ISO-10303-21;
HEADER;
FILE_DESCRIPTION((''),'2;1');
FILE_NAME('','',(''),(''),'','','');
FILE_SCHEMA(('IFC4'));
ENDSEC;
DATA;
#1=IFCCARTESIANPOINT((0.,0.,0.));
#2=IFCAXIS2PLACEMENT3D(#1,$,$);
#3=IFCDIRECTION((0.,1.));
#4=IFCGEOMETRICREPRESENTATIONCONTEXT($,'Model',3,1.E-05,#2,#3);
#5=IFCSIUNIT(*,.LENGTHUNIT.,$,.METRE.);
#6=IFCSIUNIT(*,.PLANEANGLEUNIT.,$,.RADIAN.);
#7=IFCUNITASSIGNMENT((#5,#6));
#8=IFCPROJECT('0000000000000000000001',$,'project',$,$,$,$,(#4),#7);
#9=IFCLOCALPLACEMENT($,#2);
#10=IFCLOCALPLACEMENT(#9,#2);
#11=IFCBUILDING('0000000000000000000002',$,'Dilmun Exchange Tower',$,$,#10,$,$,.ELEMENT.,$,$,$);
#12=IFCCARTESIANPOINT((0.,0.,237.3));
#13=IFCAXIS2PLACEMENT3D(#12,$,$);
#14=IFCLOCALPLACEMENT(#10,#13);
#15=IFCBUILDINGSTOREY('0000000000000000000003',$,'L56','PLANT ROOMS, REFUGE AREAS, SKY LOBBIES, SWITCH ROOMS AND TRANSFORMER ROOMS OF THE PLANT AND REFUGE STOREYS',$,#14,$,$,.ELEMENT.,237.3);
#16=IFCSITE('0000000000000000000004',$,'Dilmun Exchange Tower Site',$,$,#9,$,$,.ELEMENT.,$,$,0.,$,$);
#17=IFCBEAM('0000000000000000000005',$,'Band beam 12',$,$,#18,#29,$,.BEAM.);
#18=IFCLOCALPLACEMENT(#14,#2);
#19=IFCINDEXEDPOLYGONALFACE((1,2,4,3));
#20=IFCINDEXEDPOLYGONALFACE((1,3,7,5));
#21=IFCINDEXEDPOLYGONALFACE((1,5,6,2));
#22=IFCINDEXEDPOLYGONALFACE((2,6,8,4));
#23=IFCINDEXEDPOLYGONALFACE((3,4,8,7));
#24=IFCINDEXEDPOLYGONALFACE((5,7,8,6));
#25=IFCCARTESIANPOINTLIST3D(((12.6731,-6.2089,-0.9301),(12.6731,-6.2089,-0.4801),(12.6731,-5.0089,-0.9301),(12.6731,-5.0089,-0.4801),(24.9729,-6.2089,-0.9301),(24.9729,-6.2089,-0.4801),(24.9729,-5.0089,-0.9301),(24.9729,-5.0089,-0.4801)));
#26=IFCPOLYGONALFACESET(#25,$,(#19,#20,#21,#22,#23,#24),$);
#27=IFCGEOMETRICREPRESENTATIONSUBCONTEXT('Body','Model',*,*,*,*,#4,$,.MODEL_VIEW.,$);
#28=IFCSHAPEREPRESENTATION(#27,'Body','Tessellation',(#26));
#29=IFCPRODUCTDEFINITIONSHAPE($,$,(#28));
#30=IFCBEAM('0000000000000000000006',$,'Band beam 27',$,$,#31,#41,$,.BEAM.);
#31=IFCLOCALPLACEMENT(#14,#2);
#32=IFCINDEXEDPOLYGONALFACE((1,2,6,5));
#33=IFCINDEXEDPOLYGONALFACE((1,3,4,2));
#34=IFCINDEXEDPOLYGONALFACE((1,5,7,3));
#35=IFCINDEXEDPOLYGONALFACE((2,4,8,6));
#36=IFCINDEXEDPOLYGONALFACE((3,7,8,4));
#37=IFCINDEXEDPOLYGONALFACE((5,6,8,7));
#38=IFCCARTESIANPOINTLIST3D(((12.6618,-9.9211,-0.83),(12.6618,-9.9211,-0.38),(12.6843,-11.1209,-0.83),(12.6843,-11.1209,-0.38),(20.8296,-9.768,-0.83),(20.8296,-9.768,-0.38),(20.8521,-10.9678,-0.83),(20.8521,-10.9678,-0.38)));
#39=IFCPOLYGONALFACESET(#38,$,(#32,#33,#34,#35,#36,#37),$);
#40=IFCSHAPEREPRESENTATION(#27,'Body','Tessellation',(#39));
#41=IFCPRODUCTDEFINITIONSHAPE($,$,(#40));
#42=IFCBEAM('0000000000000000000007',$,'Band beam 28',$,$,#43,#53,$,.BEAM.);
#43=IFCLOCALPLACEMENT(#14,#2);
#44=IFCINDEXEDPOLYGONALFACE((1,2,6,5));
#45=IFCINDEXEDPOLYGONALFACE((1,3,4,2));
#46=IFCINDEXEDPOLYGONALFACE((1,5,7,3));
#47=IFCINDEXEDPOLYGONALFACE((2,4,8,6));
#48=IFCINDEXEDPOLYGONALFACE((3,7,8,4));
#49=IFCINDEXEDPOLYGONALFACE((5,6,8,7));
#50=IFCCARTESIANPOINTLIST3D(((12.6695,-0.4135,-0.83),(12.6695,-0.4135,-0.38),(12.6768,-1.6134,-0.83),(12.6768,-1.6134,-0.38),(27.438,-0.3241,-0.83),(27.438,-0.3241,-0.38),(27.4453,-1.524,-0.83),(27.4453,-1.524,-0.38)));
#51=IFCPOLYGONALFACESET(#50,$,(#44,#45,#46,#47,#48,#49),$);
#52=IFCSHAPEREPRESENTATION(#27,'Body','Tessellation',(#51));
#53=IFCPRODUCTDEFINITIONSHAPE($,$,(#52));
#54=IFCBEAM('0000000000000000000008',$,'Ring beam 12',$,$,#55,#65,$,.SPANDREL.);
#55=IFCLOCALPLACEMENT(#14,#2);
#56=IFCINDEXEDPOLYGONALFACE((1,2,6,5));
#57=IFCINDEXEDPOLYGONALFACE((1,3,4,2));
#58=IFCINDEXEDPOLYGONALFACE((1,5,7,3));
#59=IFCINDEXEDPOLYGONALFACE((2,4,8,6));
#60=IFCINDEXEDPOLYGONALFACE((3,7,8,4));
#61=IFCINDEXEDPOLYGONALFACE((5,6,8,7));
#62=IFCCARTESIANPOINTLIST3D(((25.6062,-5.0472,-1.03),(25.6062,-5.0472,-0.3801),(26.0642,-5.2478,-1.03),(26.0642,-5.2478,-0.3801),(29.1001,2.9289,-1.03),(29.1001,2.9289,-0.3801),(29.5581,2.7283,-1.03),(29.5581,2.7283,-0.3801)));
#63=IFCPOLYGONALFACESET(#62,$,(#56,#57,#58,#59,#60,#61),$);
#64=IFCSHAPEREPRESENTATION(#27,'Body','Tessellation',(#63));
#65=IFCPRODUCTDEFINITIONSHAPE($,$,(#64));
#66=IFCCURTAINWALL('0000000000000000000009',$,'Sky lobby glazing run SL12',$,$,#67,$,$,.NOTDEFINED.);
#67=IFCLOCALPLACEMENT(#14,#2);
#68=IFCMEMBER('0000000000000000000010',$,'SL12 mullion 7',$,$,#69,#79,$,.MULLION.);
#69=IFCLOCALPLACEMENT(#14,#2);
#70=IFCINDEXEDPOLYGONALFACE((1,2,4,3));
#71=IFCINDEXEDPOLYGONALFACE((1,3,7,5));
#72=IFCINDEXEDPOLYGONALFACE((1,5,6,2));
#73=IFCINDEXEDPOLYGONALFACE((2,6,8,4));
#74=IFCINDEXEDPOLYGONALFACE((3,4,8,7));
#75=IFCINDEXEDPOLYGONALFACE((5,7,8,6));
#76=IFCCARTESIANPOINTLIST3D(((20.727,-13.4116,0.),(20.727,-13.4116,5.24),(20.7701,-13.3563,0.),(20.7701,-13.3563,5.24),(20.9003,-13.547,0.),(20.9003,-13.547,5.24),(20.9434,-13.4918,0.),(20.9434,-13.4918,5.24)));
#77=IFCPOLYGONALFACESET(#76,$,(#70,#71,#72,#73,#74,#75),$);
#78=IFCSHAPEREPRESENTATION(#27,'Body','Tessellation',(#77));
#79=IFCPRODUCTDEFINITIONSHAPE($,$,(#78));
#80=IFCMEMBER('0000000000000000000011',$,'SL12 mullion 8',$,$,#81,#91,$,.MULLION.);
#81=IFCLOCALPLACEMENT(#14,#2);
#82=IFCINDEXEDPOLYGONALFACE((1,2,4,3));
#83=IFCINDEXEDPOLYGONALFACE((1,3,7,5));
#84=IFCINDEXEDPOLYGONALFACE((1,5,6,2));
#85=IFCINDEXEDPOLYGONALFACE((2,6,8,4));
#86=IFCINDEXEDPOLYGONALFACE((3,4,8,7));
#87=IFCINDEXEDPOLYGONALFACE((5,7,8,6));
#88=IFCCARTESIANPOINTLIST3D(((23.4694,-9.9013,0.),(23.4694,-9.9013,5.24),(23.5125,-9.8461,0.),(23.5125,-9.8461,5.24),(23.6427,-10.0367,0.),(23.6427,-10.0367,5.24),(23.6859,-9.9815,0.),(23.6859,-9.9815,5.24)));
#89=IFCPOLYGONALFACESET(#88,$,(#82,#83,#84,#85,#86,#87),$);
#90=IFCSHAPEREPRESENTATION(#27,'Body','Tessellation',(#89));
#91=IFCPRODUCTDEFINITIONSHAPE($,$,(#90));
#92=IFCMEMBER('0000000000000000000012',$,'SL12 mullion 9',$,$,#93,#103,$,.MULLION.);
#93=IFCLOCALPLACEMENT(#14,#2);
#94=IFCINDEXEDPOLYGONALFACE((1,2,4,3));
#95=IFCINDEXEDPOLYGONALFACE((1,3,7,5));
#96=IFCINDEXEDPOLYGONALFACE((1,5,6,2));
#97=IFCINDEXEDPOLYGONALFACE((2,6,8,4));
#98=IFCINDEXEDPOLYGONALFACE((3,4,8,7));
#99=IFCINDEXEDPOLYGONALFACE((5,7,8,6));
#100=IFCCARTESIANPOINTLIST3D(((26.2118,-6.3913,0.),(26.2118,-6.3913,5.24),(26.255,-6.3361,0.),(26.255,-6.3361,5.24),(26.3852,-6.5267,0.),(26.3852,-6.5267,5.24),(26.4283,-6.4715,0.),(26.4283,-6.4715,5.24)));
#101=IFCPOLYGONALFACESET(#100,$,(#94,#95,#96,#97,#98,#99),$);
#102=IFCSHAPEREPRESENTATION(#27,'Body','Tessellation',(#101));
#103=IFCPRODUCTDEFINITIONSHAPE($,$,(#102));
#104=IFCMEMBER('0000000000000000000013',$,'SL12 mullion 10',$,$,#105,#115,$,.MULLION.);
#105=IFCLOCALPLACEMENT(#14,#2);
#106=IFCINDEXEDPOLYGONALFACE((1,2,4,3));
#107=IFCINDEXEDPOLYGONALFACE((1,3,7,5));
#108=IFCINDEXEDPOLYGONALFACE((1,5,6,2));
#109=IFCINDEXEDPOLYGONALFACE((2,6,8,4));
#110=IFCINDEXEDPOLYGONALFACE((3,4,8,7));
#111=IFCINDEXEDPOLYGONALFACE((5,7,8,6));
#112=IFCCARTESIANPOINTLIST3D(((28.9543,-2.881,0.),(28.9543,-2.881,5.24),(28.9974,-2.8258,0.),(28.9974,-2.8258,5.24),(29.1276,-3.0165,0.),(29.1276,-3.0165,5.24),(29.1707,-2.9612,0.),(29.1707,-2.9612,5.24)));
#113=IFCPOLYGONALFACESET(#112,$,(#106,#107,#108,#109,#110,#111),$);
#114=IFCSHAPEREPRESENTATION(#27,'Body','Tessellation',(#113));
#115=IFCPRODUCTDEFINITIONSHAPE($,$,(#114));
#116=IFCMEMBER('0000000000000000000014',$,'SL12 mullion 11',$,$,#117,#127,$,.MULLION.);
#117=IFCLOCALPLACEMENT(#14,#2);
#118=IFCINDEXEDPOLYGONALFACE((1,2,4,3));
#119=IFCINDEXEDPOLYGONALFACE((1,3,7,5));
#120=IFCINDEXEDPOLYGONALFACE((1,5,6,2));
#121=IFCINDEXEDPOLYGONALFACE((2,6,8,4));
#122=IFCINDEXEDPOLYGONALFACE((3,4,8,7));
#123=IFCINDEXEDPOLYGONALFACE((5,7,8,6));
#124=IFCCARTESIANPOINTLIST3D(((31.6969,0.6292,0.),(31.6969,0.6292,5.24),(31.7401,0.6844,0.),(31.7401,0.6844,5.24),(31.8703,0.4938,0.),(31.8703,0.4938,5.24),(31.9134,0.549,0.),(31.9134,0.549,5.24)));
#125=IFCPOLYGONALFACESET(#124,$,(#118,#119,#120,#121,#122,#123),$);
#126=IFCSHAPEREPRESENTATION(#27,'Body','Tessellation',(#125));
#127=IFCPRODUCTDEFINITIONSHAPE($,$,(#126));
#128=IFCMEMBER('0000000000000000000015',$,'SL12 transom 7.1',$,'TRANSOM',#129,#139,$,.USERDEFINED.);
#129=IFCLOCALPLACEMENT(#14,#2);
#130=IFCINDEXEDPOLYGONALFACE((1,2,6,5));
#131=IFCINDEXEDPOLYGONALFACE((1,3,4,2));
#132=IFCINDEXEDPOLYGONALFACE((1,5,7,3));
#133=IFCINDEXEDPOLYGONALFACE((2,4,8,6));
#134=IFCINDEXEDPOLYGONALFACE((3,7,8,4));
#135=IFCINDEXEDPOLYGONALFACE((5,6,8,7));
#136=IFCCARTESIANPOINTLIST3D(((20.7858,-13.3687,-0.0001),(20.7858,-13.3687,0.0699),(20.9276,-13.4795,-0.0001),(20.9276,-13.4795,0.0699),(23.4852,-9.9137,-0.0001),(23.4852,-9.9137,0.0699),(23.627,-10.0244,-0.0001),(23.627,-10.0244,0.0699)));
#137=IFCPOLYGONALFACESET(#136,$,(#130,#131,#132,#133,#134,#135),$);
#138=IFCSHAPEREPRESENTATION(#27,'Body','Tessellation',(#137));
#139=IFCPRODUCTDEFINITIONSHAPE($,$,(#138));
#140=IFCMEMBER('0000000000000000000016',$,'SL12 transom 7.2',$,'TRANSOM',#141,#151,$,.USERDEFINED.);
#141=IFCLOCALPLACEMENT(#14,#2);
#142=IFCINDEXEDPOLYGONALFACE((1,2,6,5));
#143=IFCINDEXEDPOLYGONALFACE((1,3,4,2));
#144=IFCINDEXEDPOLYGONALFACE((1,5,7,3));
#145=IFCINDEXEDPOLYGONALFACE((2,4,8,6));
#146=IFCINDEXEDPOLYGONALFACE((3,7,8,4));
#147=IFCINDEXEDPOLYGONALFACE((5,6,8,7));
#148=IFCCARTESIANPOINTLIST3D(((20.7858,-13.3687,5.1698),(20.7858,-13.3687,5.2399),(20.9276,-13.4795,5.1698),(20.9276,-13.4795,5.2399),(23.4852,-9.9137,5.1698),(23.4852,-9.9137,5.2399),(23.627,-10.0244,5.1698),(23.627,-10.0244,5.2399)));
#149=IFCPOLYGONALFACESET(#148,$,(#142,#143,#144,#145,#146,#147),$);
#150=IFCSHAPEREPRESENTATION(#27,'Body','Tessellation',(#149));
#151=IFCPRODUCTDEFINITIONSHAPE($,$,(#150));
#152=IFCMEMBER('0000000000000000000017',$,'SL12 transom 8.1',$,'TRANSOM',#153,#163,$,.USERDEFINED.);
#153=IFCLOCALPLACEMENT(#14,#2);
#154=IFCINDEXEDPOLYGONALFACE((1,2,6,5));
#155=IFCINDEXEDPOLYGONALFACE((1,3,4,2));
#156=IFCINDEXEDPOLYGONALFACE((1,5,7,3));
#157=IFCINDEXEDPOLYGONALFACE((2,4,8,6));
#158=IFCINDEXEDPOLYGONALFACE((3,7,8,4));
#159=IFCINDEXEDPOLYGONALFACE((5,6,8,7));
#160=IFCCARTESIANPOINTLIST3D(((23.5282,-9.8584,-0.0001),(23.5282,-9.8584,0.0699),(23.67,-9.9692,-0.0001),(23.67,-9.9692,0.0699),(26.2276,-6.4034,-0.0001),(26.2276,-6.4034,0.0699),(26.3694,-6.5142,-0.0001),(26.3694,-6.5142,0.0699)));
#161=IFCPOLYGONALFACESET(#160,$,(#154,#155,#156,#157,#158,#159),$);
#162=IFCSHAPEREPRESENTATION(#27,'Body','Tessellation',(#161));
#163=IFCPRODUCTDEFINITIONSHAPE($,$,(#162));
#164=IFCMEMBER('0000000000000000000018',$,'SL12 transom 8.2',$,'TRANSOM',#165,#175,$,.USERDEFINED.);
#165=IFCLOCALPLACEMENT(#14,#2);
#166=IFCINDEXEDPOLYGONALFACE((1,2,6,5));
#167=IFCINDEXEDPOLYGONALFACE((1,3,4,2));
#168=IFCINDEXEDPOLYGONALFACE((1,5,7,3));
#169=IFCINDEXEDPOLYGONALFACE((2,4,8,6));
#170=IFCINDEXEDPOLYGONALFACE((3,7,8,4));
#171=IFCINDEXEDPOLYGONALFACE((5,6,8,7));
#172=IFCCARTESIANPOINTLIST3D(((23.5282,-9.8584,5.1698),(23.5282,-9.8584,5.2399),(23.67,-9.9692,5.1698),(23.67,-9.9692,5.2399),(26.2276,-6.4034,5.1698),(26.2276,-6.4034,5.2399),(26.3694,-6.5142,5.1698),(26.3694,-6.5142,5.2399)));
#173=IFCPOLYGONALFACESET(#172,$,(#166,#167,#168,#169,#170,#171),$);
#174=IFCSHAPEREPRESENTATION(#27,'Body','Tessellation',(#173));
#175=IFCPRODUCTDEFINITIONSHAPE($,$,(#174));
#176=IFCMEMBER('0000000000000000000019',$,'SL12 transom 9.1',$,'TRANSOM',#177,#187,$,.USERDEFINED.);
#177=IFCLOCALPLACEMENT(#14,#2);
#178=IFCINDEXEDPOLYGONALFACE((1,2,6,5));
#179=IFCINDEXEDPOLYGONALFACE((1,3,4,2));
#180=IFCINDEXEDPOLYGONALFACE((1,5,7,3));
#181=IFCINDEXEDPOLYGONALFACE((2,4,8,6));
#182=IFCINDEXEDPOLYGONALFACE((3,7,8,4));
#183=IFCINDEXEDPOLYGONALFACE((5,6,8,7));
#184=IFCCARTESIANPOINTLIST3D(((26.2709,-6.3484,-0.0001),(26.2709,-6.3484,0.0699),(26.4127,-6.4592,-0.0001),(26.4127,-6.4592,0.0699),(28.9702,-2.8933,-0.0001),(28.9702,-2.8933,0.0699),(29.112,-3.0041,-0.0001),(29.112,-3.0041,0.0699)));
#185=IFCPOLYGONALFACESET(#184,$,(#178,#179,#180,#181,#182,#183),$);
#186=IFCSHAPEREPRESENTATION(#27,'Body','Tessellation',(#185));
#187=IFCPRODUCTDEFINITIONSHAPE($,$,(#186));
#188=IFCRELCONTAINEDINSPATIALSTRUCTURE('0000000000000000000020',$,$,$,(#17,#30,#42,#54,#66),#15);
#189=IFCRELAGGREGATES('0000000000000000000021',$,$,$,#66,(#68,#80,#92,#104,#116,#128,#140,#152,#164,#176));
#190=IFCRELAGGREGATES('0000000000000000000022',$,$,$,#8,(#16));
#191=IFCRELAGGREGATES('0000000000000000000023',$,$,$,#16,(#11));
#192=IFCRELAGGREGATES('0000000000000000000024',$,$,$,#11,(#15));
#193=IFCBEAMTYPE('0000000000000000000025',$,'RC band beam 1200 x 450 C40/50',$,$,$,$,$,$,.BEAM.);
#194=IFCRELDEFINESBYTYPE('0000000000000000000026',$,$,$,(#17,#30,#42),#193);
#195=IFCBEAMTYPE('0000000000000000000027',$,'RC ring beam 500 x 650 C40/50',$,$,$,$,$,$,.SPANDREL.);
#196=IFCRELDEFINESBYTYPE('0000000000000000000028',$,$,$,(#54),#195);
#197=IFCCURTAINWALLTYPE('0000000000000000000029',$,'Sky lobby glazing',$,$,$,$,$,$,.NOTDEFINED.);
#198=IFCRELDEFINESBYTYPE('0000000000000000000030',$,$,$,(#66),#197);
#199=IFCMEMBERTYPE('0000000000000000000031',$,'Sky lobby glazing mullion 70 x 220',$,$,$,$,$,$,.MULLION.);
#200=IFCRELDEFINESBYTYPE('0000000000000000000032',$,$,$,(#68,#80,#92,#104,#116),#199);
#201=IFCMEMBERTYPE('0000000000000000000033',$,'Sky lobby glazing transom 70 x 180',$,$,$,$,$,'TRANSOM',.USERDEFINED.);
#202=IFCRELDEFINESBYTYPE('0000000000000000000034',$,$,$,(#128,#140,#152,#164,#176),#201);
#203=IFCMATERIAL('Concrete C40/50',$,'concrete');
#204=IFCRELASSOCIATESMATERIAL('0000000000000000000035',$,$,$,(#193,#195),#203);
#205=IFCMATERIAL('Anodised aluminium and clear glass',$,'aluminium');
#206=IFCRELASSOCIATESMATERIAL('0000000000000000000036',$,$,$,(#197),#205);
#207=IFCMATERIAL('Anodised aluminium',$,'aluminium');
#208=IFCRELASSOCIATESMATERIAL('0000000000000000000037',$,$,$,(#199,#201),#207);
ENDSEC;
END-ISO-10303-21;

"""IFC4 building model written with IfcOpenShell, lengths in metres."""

from ifc_helpers import new_model, si_unit, direction, frame, origin, origin_2d, place, context, subcontext, project, spatial, rectangle, extrude, material, material_profile, profile_set, type_object, element, aggregate, save


model = new_model("IFC4")

# Units and contexts
model_context = context("Model", 3, precision=1e-05, world=origin(), true_north=direction((0.0, 1.0)))
body_context = subcontext(model_context, "Body", "Model", "MODEL_VIEW")
ifc_project = project(units=[si_unit("LENGTHUNIT", "METRE"), si_unit("PLANEANGLEUNIT", "RADIAN")], contexts=[model_context])

# Site, building, storey
site_placement = place(None, origin())
site = spatial("IfcSite", under=ifc_project, at=site_placement, Name="Dilmun Exchange Tower Site", CompositionType="ELEMENT", RefElevation=0.0)
building_placement = place(site_placement, origin())
building = spatial("IfcBuilding", under=site, at=building_placement, Name="Dilmun Exchange Tower", CompositionType="ELEMENT")
storey_placement = place(building_placement, frame((0.0, 0.0, 237.3)))
storey = spatial("IfcBuildingStorey", under=building, at=storey_placement, Name="L56", Description="PLANT ROOMS, REFUGE AREAS, SKY LOBBIES, SWITCH ROOMS AND TRANSFORMER ROOMS OF THE PLANT AND REFUGE STOREYS", CompositionType="ELEMENT", Elevation=237.3)

# Beams
ifc_material_1 = material(Name="Concrete C40/50", Category="concrete")
ifc_material_profile_1 = material_profile(ifc_material_1, rectangle(XDim=1.2, YDim=0.45, at=origin_2d()), Name="1200 x 450")
ifc_profile_set_1 = profile_set([ifc_material_profile_1], Name="Concrete C40/50")
beam_type_1 = type_object("IfcBeamType", Name="RC band beam 1200 x 450 C40/50", PredefinedType="BEAM", material=ifc_profile_set_1)
beam_1_placement = place(storey_placement, frame((24.9729, -5.6089, -0.7051), z_axis=(-1.0, 0.0, 0.0), x_axis=(0.0, -1.0, 0.0)))
element("IfcBeam", 1, at=beam_1_placement, inside=storey, type_object=beam_type_1, Name="Band beam 12", PredefinedType="BEAM", context=body_context, shape_type="SweptSolid", body=[
    extrude(rectangle(XDim=1.2, YDim=0.45, at=origin_2d()), origin(), (0.0, 0.0, 1.0), 12.2998),
])
beam_2_placement = place(storey_placement, frame((20.8408, -10.3679, -0.605), z_axis=(-0.999824, -0.018738, 0.0), x_axis=(0.018738, -0.999824, 0.0)))
element("IfcBeam", 2, at=beam_2_placement, inside=storey, type_object=beam_type_1, Name="Band beam 27", PredefinedType="BEAM", context=body_context, shape_type="SweptSolid", body=[
    extrude(rectangle(XDim=1.2, YDim=0.45, at=origin_2d()), origin(), (0.0, 0.0, 1.0), 8.1692),
])
beam_3_placement = place(storey_placement, frame((27.4417, -0.9241, -0.605), z_axis=(-0.999982, -0.00605, 0.0), x_axis=(0.00605, -0.999982, 0.0)))
element("IfcBeam", 3, at=beam_3_placement, inside=storey, type_object=beam_type_1, Name="Band beam 28", PredefinedType="BEAM", context=body_context, shape_type="SweptSolid", body=[
    extrude(rectangle(XDim=1.2, YDim=0.45, at=origin_2d()), origin(), (0.0, 0.0, 1.0), 14.7688),
])
ifc_material_profile_2 = material_profile(ifc_material_1, rectangle(XDim=0.5, YDim=0.6499, at=origin_2d()), Name="500 x 650")
ifc_profile_set_2 = profile_set([ifc_material_profile_2], Name="Concrete C40/50")
beam_type_2 = type_object("IfcBeamType", Name="RC ring beam 500 x 650 C40/50", PredefinedType="SPANDREL", material=ifc_profile_set_2)
beam_4_placement = place(storey_placement, frame((25.8352, -5.1475, -0.7051), z_axis=(0.401239, 0.915973, 0.0), x_axis=(-0.915973, 0.401239, 0.0)))
element("IfcBeam", 4, at=beam_4_placement, inside=storey, type_object=beam_type_2, Name="Ring beam 12", PredefinedType="SPANDREL", context=body_context, shape_type="SweptSolid", body=[
    extrude(rectangle(XDim=0.5, YDim=0.6499, at=origin_2d()), origin(), (0.0, 0.0, 1.0), 8.7078),
])

# Curtain wall, members
ifc_material_2 = material(Name="Anodised aluminium and clear glass", Category="aluminium")
curtain_wall_type = type_object("IfcCurtainWallType", Name="Sky lobby glazing", PredefinedType="NOTDEFINED", material=ifc_material_2)
curtain_wall_placement = place(storey_placement, origin())
curtain_wall = element("IfcCurtainWall", 5, at=curtain_wall_placement, inside=storey, type_object=curtain_wall_type, Name="Sky lobby glazing run SL12", PredefinedType="NOTDEFINED")
ifc_material_3 = material(Name="Anodised aluminium", Category="aluminium")
ifc_material_profile_3 = material_profile(ifc_material_3, rectangle(XDim=0.22, YDim=0.0701, at=origin_2d()), Name="AL 70x220")
ifc_profile_set_3 = profile_set([ifc_material_profile_3], Name="Anodised aluminium")
member_type_1 = type_object("IfcMemberType", Name="Sky lobby glazing mullion 70 x 220", PredefinedType="MULLION", material=ifc_profile_set_3)
member_1_placement = place(storey_placement, frame((20.8352, -13.4517, 0.0), z_axis=(0.0, 0.0, 1.0), x_axis=(-0.788011, 0.615662, 0.0)))
member_1 = element("IfcMember", 6, at=member_1_placement, type_object=member_type_1, Name="SL12 mullion 7", PredefinedType="MULLION", context=body_context, shape_type="SweptSolid", body=[
    extrude(rectangle(XDim=0.22, YDim=0.0701, at=origin_2d()), origin(), (0.0, 0.0, 1.0), 5.24),
])
member_2_placement = place(storey_placement, frame((23.5776, -9.9414, 0.0), z_axis=(0.0, 0.0, 1.0), x_axis=(-0.788011, 0.615662, 0.0)))
member_2 = element("IfcMember", 7, at=member_2_placement, type_object=member_type_1, Name="SL12 mullion 8", PredefinedType="MULLION", context=body_context, shape_type="SweptSolid", body=[
    extrude(rectangle(XDim=0.22, YDim=0.0701, at=origin_2d()), origin(), (0.0, 0.0, 1.0), 5.24),
])
member_3_placement = place(storey_placement, frame((26.3201, -6.4314, 0.0), z_axis=(0.0, 0.0, 1.0), x_axis=(-0.788011, 0.615662, 0.0)))
member_3 = element("IfcMember", 8, at=member_3_placement, type_object=member_type_1, Name="SL12 mullion 9", PredefinedType="MULLION", context=body_context, shape_type="SweptSolid", body=[
    extrude(rectangle(XDim=0.22, YDim=0.0701, at=origin_2d()), origin(), (0.0, 0.0, 1.0), 5.24),
])
member_4_placement = place(storey_placement, frame((29.0625, -2.9211, 0.0), z_axis=(0.0, 0.0, 1.0), x_axis=(-0.788011, 0.615662, 0.0)))
member_4 = element("IfcMember", 9, at=member_4_placement, type_object=member_type_1, Name="SL12 mullion 10", PredefinedType="MULLION", context=body_context, shape_type="SweptSolid", body=[
    extrude(rectangle(XDim=0.22, YDim=0.0701, at=origin_2d()), origin(), (0.0, 0.0, 1.0), 5.24),
])
member_5_placement = place(storey_placement, frame((31.8052, 0.5891, 0.0), z_axis=(0.0, 0.0, 1.0), x_axis=(-0.788011, 0.615662, 0.0)))
member_5 = element("IfcMember", 10, at=member_5_placement, type_object=member_type_1, Name="SL12 mullion 11", PredefinedType="MULLION", context=body_context, shape_type="SweptSolid", body=[
    extrude(rectangle(XDim=0.22, YDim=0.0701, at=origin_2d()), origin(), (0.0, 0.0, 1.0), 5.24),
])
ifc_material_profile_4 = material_profile(ifc_material_3, rectangle(XDim=0.1799, YDim=0.0701, at=origin_2d()), Name="AL 70x180")
ifc_profile_set_4 = profile_set([ifc_material_profile_4], Name="Anodised aluminium")
member_type_2 = type_object("IfcMemberType", Name="Sky lobby glazing transom 70 x 180", ElementType="TRANSOM", PredefinedType="USERDEFINED", material=ifc_profile_set_4)
member_6_placement = place(storey_placement, frame((20.8567, -13.4241, 0.0349), z_axis=(0.61567, 0.788004, 0.0), x_axis=(-0.788004, 0.61567, 0.0)))
member_6 = element("IfcMember", 11, at=member_6_placement, type_object=member_type_2, Name="SL12 transom 7.1", ObjectType="TRANSOM", PredefinedType="USERDEFINED", context=body_context, shape_type="SweptSolid", body=[
    extrude(rectangle(XDim=0.1799, YDim=0.0701, at=origin_2d()), origin(), (0.0, 0.0, 1.0), 4.3845),
])
member_7_placement = place(storey_placement, frame((20.8567, -13.4241, 5.2048), z_axis=(0.61567, 0.788004, 0.0), x_axis=(-0.788004, 0.61567, 0.0)))
member_7 = element("IfcMember", 12, at=member_7_placement, type_object=member_type_2, Name="SL12 transom 7.2", ObjectType="TRANSOM", PredefinedType="USERDEFINED", context=body_context, shape_type="SweptSolid", body=[
    extrude(rectangle(XDim=0.1799, YDim=0.0701, at=origin_2d()), origin(), (0.0, 0.0, 1.0), 4.3845),
])
member_8_placement = place(storey_placement, frame((23.5991, -9.9138, 0.0349), z_axis=(0.61567, 0.788004, 0.0), x_axis=(-0.788004, 0.61567, 0.0)))
member_8 = element("IfcMember", 13, at=member_8_placement, type_object=member_type_2, Name="SL12 transom 8.1", ObjectType="TRANSOM", PredefinedType="USERDEFINED", context=body_context, shape_type="SweptSolid", body=[
    extrude(rectangle(XDim=0.1799, YDim=0.0701, at=origin_2d()), origin(), (0.0, 0.0, 1.0), 4.3845),
])
member_9_placement = place(storey_placement, frame((23.5991, -9.9138, 5.2048), z_axis=(0.61567, 0.788004, 0.0), x_axis=(-0.788004, 0.61567, 0.0)))
member_9 = element("IfcMember", 14, at=member_9_placement, type_object=member_type_2, Name="SL12 transom 8.2", ObjectType="TRANSOM", PredefinedType="USERDEFINED", context=body_context, shape_type="SweptSolid", body=[
    extrude(rectangle(XDim=0.1799, YDim=0.0701, at=origin_2d()), origin(), (0.0, 0.0, 1.0), 4.3845),
])
member_10_placement = place(storey_placement, frame((26.3418, -6.4038, 0.0349), z_axis=(0.615635, 0.788031, 0.0), x_axis=(-0.788031, 0.615635, 0.0)))
member_10 = element("IfcMember", 15, at=member_10_placement, type_object=member_type_2, Name="SL12 transom 9.1", ObjectType="TRANSOM", PredefinedType="USERDEFINED", context=body_context, shape_type="SweptSolid", body=[
    extrude(rectangle(XDim=0.1799, YDim=0.0701, at=origin_2d()), origin(), (0.0, 0.0, 1.0), 4.3845),
])

aggregate(curtain_wall, [member_1, member_2, member_3, member_4, member_5, member_6, member_7, member_8, member_9, member_10])

save(model, "model.ifc")
